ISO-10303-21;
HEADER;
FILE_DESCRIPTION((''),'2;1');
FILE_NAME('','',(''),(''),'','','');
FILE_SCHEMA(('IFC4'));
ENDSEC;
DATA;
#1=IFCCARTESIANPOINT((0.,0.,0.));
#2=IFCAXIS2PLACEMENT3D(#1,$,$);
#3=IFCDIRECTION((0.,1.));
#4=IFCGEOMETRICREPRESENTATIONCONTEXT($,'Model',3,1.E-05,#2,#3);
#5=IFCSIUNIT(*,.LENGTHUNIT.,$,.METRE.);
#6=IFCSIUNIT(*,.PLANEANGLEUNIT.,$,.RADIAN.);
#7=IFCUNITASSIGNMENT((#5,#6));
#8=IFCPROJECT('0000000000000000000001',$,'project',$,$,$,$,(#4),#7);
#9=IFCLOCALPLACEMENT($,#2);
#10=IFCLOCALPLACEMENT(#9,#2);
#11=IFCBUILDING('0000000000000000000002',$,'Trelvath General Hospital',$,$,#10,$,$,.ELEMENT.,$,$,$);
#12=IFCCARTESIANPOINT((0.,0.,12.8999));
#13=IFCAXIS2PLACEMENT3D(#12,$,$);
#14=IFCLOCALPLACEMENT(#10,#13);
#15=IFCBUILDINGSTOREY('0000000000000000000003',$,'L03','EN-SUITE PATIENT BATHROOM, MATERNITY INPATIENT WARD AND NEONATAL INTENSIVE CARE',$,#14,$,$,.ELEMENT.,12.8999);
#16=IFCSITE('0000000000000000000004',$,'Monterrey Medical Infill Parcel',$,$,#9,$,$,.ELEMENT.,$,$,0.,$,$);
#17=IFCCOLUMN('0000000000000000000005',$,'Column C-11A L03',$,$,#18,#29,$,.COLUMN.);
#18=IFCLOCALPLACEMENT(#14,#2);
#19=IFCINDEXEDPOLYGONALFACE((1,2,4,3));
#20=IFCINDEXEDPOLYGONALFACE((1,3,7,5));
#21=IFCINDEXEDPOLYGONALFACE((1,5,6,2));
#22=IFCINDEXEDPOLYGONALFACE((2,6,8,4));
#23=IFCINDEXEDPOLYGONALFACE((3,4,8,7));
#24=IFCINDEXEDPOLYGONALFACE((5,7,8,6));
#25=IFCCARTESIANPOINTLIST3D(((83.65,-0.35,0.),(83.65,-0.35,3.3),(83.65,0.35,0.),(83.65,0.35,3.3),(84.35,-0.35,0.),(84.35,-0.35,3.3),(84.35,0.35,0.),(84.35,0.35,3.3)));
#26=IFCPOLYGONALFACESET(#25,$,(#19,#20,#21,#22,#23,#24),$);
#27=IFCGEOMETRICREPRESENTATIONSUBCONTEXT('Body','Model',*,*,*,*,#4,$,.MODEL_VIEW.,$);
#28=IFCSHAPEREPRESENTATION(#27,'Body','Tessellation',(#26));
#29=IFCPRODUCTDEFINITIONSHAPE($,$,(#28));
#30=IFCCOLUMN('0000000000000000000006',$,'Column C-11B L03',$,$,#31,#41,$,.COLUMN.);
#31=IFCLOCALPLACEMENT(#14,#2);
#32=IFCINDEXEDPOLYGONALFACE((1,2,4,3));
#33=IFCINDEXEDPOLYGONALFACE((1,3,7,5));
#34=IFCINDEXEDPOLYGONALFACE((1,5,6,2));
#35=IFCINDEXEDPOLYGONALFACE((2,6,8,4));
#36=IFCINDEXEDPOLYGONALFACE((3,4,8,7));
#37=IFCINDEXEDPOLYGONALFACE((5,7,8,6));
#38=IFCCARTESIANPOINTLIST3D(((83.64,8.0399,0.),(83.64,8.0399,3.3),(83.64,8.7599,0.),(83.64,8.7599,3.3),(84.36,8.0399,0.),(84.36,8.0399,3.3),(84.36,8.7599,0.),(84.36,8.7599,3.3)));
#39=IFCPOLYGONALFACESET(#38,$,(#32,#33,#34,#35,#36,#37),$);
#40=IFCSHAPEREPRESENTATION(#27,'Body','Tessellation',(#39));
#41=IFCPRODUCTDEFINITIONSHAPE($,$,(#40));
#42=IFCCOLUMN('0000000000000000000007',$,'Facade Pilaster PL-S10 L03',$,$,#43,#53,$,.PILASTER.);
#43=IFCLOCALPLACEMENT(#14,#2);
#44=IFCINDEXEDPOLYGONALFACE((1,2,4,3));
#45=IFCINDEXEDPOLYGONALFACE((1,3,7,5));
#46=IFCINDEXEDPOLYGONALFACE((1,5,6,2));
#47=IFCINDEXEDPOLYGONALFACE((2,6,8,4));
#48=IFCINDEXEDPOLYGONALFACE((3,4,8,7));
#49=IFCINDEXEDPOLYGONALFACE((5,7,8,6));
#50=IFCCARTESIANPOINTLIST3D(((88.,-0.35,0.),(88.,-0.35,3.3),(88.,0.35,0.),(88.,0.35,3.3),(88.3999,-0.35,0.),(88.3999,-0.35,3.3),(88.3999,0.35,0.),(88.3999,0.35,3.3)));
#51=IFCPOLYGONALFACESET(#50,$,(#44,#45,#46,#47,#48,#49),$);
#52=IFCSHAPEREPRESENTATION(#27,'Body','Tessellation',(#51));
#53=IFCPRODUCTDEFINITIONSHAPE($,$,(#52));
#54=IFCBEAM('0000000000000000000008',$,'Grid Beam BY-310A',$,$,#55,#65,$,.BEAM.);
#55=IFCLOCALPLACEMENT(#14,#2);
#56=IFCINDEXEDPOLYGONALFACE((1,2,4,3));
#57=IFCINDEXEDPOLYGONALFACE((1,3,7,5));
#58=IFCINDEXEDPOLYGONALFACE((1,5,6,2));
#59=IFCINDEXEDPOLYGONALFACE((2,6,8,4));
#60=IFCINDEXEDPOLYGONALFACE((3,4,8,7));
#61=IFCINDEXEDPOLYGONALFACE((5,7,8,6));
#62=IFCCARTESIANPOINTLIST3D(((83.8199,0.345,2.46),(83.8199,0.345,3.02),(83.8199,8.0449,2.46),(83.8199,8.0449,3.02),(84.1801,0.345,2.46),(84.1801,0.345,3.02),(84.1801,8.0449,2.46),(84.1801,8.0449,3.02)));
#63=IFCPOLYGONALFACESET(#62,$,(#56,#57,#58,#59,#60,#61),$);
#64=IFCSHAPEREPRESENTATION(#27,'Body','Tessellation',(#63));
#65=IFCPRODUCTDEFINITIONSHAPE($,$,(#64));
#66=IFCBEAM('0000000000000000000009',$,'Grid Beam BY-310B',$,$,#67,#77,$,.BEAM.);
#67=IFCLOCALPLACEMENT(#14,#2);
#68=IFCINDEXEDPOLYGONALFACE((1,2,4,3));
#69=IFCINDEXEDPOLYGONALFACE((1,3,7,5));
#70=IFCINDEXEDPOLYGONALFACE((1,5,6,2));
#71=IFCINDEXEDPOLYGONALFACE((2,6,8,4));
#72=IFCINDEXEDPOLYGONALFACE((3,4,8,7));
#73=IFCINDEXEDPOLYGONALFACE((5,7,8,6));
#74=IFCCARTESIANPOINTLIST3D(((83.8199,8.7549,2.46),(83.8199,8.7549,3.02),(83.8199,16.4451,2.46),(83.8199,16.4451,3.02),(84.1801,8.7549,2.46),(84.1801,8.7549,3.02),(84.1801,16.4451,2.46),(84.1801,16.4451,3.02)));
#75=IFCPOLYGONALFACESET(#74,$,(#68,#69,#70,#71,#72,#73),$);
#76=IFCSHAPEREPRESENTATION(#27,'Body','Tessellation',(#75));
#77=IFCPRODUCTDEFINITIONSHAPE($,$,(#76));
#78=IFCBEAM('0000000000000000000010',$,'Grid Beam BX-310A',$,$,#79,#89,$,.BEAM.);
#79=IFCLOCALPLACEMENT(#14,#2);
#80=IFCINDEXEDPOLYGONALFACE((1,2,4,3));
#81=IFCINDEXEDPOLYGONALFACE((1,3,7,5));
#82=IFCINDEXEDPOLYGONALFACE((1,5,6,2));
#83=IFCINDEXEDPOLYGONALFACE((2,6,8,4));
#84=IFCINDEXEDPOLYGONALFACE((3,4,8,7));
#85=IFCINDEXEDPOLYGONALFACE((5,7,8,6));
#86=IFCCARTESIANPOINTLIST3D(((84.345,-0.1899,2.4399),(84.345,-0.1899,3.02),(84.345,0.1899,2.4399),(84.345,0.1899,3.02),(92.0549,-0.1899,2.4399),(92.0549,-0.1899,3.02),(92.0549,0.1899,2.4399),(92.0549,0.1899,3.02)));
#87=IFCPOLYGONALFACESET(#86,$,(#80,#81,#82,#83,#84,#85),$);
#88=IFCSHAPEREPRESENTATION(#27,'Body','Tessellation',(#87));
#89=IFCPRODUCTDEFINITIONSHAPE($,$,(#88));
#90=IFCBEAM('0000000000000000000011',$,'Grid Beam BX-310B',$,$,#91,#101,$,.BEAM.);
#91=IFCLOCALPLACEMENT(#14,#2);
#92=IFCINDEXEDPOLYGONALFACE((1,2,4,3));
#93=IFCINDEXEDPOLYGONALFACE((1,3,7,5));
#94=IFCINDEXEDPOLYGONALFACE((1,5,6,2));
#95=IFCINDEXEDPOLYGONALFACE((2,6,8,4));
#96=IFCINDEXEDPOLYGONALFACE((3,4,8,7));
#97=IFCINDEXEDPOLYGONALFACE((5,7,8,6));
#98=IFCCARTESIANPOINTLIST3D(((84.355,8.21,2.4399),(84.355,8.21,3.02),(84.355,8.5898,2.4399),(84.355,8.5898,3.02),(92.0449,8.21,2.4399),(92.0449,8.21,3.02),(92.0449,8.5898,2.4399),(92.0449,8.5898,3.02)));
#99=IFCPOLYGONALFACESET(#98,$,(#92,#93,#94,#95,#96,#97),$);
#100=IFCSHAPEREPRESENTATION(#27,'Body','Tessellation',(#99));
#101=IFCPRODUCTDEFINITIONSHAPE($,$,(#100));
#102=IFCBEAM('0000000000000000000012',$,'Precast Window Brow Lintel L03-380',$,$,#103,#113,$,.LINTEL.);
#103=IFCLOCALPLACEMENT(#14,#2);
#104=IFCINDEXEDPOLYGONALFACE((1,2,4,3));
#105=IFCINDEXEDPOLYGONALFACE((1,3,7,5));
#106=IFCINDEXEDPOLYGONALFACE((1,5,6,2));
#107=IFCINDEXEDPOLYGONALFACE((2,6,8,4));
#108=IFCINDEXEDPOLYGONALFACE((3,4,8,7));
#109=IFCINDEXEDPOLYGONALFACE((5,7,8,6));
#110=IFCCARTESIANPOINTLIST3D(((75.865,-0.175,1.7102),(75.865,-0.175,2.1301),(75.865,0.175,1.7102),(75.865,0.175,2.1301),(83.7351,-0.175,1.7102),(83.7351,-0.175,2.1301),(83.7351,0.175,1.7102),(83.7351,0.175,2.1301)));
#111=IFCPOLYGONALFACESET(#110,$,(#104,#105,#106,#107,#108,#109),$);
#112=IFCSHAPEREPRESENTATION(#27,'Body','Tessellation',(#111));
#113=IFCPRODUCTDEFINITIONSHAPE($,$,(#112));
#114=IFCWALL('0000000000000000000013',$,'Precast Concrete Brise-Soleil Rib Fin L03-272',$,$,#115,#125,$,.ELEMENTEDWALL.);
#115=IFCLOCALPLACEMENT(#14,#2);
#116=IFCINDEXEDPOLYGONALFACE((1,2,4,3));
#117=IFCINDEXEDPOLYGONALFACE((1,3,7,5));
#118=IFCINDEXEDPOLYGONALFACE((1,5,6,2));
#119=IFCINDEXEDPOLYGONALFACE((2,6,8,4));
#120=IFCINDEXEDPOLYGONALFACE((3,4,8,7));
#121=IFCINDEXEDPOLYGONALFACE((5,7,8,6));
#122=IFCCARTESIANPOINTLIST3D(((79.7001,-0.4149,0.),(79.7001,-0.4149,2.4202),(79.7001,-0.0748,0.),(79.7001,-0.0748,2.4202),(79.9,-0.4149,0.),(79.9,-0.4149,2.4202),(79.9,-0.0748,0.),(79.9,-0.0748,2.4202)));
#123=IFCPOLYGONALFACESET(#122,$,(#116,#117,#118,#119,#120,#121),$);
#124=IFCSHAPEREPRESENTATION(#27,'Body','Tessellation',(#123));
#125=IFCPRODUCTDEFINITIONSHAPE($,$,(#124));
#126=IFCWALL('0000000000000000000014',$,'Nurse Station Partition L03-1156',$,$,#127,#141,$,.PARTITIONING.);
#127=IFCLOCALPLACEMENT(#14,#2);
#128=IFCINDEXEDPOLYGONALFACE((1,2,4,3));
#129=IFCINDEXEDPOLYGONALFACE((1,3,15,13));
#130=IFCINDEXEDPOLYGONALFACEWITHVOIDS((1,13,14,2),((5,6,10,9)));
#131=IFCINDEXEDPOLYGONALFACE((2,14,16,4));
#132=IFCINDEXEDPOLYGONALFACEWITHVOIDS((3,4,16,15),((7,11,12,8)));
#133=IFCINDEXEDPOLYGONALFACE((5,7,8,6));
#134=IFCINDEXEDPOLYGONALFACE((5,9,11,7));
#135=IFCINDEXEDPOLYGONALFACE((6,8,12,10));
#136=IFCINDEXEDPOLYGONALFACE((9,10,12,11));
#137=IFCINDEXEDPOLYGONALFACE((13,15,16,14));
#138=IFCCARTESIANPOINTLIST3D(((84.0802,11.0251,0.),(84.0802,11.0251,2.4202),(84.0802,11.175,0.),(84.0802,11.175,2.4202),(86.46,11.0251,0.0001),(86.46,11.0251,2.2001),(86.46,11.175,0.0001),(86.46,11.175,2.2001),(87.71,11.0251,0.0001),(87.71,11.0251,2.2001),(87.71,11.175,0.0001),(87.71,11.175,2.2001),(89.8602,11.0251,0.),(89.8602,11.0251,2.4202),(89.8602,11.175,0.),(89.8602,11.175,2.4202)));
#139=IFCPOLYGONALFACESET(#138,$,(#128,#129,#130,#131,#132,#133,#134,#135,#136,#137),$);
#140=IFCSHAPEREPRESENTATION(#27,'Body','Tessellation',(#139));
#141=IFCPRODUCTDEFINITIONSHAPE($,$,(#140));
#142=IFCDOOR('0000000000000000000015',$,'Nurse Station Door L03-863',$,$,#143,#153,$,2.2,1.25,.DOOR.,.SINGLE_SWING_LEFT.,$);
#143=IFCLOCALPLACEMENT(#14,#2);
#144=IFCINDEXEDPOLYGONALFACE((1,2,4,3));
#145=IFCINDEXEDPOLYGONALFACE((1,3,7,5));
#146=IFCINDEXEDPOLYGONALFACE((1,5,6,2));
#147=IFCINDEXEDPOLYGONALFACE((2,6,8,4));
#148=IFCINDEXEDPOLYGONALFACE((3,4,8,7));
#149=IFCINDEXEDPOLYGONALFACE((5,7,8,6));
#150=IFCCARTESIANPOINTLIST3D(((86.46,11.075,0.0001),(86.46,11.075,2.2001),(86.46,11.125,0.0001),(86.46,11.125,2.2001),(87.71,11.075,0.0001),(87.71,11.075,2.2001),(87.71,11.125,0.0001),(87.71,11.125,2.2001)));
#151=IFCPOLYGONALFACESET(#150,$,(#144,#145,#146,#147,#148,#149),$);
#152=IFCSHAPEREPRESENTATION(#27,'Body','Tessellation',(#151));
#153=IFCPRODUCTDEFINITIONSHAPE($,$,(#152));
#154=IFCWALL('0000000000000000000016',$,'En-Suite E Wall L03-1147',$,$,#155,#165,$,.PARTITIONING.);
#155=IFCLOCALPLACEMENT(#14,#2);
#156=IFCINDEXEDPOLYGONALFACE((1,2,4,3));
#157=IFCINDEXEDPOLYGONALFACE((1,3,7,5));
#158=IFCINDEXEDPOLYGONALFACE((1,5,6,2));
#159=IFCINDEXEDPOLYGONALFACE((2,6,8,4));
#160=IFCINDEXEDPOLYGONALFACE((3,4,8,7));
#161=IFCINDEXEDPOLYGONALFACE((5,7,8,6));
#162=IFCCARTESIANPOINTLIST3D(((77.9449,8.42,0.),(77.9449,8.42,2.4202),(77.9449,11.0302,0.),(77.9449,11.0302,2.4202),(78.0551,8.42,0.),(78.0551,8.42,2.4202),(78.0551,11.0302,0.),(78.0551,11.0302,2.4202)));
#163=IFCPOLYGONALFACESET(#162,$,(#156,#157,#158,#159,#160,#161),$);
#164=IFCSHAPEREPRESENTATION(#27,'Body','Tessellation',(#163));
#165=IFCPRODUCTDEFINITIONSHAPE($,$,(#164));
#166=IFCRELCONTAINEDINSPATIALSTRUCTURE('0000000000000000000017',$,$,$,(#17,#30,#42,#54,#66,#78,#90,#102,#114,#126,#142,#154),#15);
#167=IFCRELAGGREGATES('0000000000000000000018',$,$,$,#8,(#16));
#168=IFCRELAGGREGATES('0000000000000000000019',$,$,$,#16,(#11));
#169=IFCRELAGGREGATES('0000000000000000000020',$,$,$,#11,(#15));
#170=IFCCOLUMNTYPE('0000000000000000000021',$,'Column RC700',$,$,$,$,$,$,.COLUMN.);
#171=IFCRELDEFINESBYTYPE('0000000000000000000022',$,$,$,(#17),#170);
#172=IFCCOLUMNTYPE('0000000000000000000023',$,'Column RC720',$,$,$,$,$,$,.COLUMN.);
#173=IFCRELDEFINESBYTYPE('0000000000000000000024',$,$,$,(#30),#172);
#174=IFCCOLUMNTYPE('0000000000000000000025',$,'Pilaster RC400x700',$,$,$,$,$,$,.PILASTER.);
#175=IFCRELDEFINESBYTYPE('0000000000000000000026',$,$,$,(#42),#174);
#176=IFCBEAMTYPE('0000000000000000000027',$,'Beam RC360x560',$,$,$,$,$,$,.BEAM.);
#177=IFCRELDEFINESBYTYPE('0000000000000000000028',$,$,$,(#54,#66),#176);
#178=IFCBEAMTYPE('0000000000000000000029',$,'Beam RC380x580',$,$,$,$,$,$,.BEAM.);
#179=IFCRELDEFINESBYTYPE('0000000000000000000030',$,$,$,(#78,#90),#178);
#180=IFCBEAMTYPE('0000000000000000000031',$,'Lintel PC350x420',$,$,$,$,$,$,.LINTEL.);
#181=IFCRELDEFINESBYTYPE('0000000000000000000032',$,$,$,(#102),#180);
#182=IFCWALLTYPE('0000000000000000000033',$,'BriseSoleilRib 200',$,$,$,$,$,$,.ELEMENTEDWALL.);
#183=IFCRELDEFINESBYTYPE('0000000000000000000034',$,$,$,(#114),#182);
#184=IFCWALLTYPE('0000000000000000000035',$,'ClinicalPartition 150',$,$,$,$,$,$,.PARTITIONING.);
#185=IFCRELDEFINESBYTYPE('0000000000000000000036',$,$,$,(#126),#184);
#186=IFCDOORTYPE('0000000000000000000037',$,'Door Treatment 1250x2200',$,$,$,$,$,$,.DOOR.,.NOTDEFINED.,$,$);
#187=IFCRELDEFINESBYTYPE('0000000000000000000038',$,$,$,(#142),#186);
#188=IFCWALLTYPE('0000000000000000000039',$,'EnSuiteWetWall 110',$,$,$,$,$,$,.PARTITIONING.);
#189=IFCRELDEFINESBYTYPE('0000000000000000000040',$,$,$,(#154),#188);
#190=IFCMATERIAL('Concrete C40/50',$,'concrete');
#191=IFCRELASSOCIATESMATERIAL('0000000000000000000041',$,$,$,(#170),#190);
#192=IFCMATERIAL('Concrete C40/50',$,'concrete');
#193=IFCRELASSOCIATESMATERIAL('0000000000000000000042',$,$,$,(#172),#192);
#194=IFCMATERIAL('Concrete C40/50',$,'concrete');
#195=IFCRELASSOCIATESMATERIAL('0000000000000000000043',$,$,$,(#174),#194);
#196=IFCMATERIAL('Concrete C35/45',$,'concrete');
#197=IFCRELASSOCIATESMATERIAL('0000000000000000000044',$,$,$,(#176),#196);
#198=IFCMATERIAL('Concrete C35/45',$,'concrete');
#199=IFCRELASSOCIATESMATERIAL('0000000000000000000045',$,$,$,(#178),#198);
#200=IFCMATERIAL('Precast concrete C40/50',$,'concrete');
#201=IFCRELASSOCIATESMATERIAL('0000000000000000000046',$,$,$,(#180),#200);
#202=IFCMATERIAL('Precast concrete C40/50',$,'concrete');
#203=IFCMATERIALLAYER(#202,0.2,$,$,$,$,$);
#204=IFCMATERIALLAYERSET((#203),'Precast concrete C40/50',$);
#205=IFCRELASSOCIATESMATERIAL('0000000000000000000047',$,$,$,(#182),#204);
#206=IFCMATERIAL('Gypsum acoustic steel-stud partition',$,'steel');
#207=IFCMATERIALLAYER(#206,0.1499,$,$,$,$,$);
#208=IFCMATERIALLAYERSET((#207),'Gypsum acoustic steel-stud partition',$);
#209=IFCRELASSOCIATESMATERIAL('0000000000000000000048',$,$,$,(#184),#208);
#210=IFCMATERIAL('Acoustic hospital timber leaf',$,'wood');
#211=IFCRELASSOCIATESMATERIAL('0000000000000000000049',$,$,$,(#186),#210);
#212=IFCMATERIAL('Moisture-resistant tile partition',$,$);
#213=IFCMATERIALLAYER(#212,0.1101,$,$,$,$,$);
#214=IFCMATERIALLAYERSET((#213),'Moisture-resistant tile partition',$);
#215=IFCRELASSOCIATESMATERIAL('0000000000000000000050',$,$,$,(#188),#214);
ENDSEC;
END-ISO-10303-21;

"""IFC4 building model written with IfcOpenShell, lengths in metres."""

from ifc_helpers import new_model, si_unit, direction, frame, frame_2d, origin, origin_2d, place, context, subcontext, project, spatial, rectangle, extrude, material, layer, layer_set, material_profile, profile_set, type_object, element, fill, save


model = new_model("IFC4")

# Units and contexts
model_context = context("Model", 3, precision=1e-05, world=origin(), true_north=direction((0.0, 1.0)))
body_context = subcontext(model_context, "Body", "Model", "MODEL_VIEW")
ifc_project = project(units=[si_unit("LENGTHUNIT", "METRE"), si_unit("PLANEANGLEUNIT", "RADIAN")], contexts=[model_context])

# Site, building, storey
site_placement = place(None, origin())
site = spatial("IfcSite", under=ifc_project, at=site_placement, Name="Monterrey Medical Infill Parcel", CompositionType="ELEMENT", RefElevation=0.0)
building_placement = place(site_placement, origin())
building = spatial("IfcBuilding", under=site, at=building_placement, Name="Trelvath General Hospital", CompositionType="ELEMENT")
storey_placement = place(building_placement, frame((0.0, 0.0, 12.8999)))
storey = spatial("IfcBuildingStorey", under=building, at=storey_placement, Name="L03", Description="EN-SUITE PATIENT BATHROOM, MATERNITY INPATIENT WARD AND NEONATAL INTENSIVE CARE", CompositionType="ELEMENT", Elevation=12.8999)

# Columns
ifc_material_1 = material(Name="Concrete C40/50", Category="concrete")
ifc_material_profile_1 = material_profile(ifc_material_1, rectangle(XDim=0.7, YDim=0.7, at=origin_2d()), Name="RC700x700")
ifc_profile_set_1 = profile_set([ifc_material_profile_1], Name="Concrete C40/50")
column_type_1 = type_object("IfcColumnType", Name="Column RC700", PredefinedType="COLUMN", material=ifc_profile_set_1)
column_1_placement = place(storey_placement, frame((84.0, 0.0, 0.0), z_axis=(0.0, 0.0, 1.0), x_axis=(1.0, 0.0, 0.0)))
element("IfcColumn", 1, at=column_1_placement, inside=storey, type_object=column_type_1, Name="Column C-11A L03", PredefinedType="COLUMN", context=body_context, shape_type="SweptSolid", body=[
    extrude(rectangle(XDim=0.7, YDim=0.7, at=origin_2d()), origin(), (0.0, 0.0, 1.0), 3.3),
])
ifc_material_2 = material(Name="Concrete C40/50", Category="concrete")
ifc_material_profile_2 = material_profile(ifc_material_2, rectangle(XDim=0.72, YDim=0.72, at=origin_2d()), Name="RC720x720")
ifc_profile_set_2 = profile_set([ifc_material_profile_2], Name="Concrete C40/50")
column_type_2 = type_object("IfcColumnType", Name="Column RC720", PredefinedType="COLUMN", material=ifc_profile_set_2)
column_2_placement = place(storey_placement, frame((84.0, 8.3999, 0.0), z_axis=(0.0, 0.0, 1.0), x_axis=(1.0, 0.0, 0.0)))
element("IfcColumn", 2, at=column_2_placement, inside=storey, type_object=column_type_2, Name="Column C-11B L03", PredefinedType="COLUMN", context=body_context, shape_type="SweptSolid", body=[
    extrude(rectangle(XDim=0.72, YDim=0.72, at=origin_2d()), origin(), (0.0, 0.0, 1.0), 3.3),
])
ifc_material_3 = material(Name="Concrete C40/50", Category="concrete")
ifc_material_profile_3 = material_profile(ifc_material_3, rectangle(XDim=0.3999, YDim=0.7, at=origin_2d()), Name="RC400x700")
ifc_profile_set_3 = profile_set([ifc_material_profile_3], Name="Concrete C40/50")
column_type_3 = type_object("IfcColumnType", Name="Pilaster RC400x700", PredefinedType="PILASTER", material=ifc_profile_set_3)
column_3_placement = place(storey_placement, frame((88.2, 0.0, 0.0), z_axis=(0.0, 0.0, 1.0), x_axis=(1.0, 0.0, 0.0)))
element("IfcColumn", 3, at=column_3_placement, inside=storey, type_object=column_type_3, Name="Facade Pilaster PL-S10 L03", PredefinedType="PILASTER", context=body_context, shape_type="SweptSolid", body=[
    extrude(rectangle(XDim=0.3999, YDim=0.7, at=origin_2d()), origin(), (0.0, 0.0, 1.0), 3.3),
])

# Beams
ifc_material_4 = material(Name="Concrete C35/45", Category="concrete")
ifc_material_profile_4 = material_profile(ifc_material_4, rectangle(XDim=0.3601, YDim=0.5601, at=origin_2d()), Name="RCB360x560")
ifc_profile_set_4 = profile_set([ifc_material_profile_4], Name="Concrete C35/45")
beam_type_1 = type_object("IfcBeamType", Name="Beam RC360x560", PredefinedType="BEAM", material=ifc_profile_set_4)
beam_1_placement = place(storey_placement, frame((84.0, 0.345, 2.74), z_axis=(0.0, 1.0, 0.0), x_axis=(-1.0, 0.0, 0.0)))
element("IfcBeam", 4, at=beam_1_placement, inside=storey, type_object=beam_type_1, Name="Grid Beam BY-310A", PredefinedType="BEAM", context=body_context, shape_type="SweptSolid", body=[
    extrude(rectangle(XDim=0.3601, YDim=0.5601, at=origin_2d()), origin(), (0.0, 0.0, 1.0), 7.7),
])
beam_2_placement = place(storey_placement, frame((84.0, 8.7549, 2.74), z_axis=(0.0, 1.0, 0.0), x_axis=(-1.0, 0.0, 0.0)))
element("IfcBeam", 5, at=beam_2_placement, inside=storey, type_object=beam_type_1, Name="Grid Beam BY-310B", PredefinedType="BEAM", context=body_context, shape_type="SweptSolid", body=[
    extrude(rectangle(XDim=0.3601, YDim=0.5601, at=origin_2d()), origin(), (0.0, 0.0, 1.0), 7.6902),
])
ifc_material_5 = material(Name="Concrete C35/45", Category="concrete")
ifc_material_profile_5 = material_profile(ifc_material_5, rectangle(XDim=0.3799, YDim=0.5801, at=origin_2d()), Name="RCB380x580")
ifc_profile_set_5 = profile_set([ifc_material_profile_5], Name="Concrete C35/45")
beam_type_2 = type_object("IfcBeamType", Name="Beam RC380x580", PredefinedType="BEAM", material=ifc_profile_set_5)
beam_3_placement = place(storey_placement, frame((84.345, 0.0, 2.73), z_axis=(1.0, 0.0, 0.0), x_axis=(0.0, 1.0, 0.0)))
element("IfcBeam", 6, at=beam_3_placement, inside=storey, type_object=beam_type_2, Name="Grid Beam BX-310A", PredefinedType="BEAM", context=body_context, shape_type="SweptSolid", body=[
    extrude(rectangle(XDim=0.3799, YDim=0.5801, at=origin_2d()), origin(), (0.0, 0.0, 1.0), 7.71),
])
beam_4_placement = place(storey_placement, frame((84.355, 8.3999, 2.73), z_axis=(1.0, 0.0, 0.0), x_axis=(0.0, 1.0, 0.0)))
element("IfcBeam", 7, at=beam_4_placement, inside=storey, type_object=beam_type_2, Name="Grid Beam BX-310B", PredefinedType="BEAM", context=body_context, shape_type="SweptSolid", body=[
    extrude(rectangle(XDim=0.3799, YDim=0.5801, at=origin_2d()), origin(), (0.0, 0.0, 1.0), 7.6899),
])
ifc_material_6 = material(Name="Precast concrete C40/50", Category="concrete")
ifc_material_profile_6 = material_profile(ifc_material_6, rectangle(XDim=0.3501, YDim=0.4199, at=origin_2d()), Name="PCL350x420")
ifc_profile_set_6 = profile_set([ifc_material_profile_6], Name="Precast concrete C40/50")
beam_type_3 = type_object("IfcBeamType", Name="Lintel PC350x420", PredefinedType="LINTEL", material=ifc_profile_set_6)
beam_5_placement = place(storey_placement, frame((83.7351, 0.0, 1.9202), z_axis=(-1.0, 0.0, 0.0), x_axis=(0.0, -1.0, 0.0)))
element("IfcBeam", 8, at=beam_5_placement, inside=storey, type_object=beam_type_3, Name="Precast Window Brow Lintel L03-380", PredefinedType="LINTEL", context=body_context, shape_type="SweptSolid", body=[
    extrude(rectangle(XDim=0.3501, YDim=0.4199, at=origin_2d()), origin(), (0.0, 0.0, 1.0), 7.8701),
])

# Wall
ifc_material_7 = material(Name="Precast concrete C40/50", Category="concrete")
ifc_layer_1 = layer(ifc_material_7, 0.2)
ifc_layer_set_1 = layer_set([ifc_layer_1], Name="Precast concrete C40/50")
wall_type_1 = type_object("IfcWallType", Name="BriseSoleilRib 200", PredefinedType="ELEMENTEDWALL", material=ifc_layer_set_1)
wall_1_placement = place(storey_placement, frame((79.8, -0.075, 0.0), z_axis=(0.0, 0.0, 1.0), x_axis=(0.0, -1.0, 0.0)))
element("IfcWall", 9, at=wall_1_placement, inside=storey, type_object=wall_type_1, Name="Precast Concrete Brise-Soleil Rib Fin L03-272", PredefinedType="ELEMENTEDWALL", context=body_context, shape_type="SweptSolid", body=[
    extrude(rectangle(XDim=0.3401, YDim=0.2, at=frame_2d((0.1699, 0.0))), origin(), (0.0, 0.0, 1.0), 2.4202),
])

# Wall, opening, door
ifc_material_8 = material(Name="Gypsum acoustic steel-stud partition", Category="steel")
ifc_layer_2 = layer(ifc_material_8, 0.1499)
ifc_layer_set_2 = layer_set([ifc_layer_2], Name="Gypsum acoustic steel-stud partition")
wall_type_2 = type_object("IfcWallType", Name="ClinicalPartition 150", PredefinedType="PARTITIONING", material=ifc_layer_set_2)
wall_2_placement = place(storey_placement, frame((84.0801, 11.1001, 0.0), z_axis=(0.0, 0.0, 1.0), x_axis=(1.0, 0.0, 0.0)))
wall_2 = element("IfcWall", 10, at=wall_2_placement, inside=storey, type_object=wall_type_2, Name="Nurse Station Partition L03-1156", PredefinedType="PARTITIONING", context=body_context, shape_type="SweptSolid", body=[
    extrude(rectangle(XDim=5.78, YDim=0.1499, at=frame_2d((2.8901, 0.0))), origin(), (0.0, 0.0, 1.0), 2.4202),
])
opening_1_placement = place(wall_2_placement, frame((2.3799, 0.0, 0.0)))
opening_1 = element("IfcOpeningElement", 11, at=opening_1_placement, cuts=wall_2, PredefinedType="OPENING", context=body_context, shape_type="SweptSolid", body=[
    extrude(rectangle(XDim=1.25, YDim=2.2, at=frame_2d((0.625, 1.1001))), frame((0.0, 0.085, 0.0), z_axis=(0.0, -1.0, 0.0), x_axis=(1.0, 0.0, 0.0)), (0.0, 0.0, 1.0), 0.1699),
])
ifc_material_9 = material(Name="Acoustic hospital timber leaf", Category="wood")
door_type_1 = type_object("IfcDoorType", Name="Door Treatment 1250x2200", OperationType="NOTDEFINED", PredefinedType="DOOR", material=ifc_material_9)
door_1_placement = place(opening_1_placement, origin())
door_1 = element("IfcDoor", 12, at=door_1_placement, inside=storey, type_object=door_type_1, Name="Nurse Station Door L03-863", OperationType="SINGLE_SWING_LEFT", OverallHeight=2.2, OverallWidth=1.25, PredefinedType="DOOR", context=body_context, shape_type="SweptSolid", body=[
    extrude(rectangle(XDim=1.25, YDim=2.2, at=frame_2d((0.625, 1.1001))), frame((0.0, 0.0249, 0.0), z_axis=(0.0, -1.0, 0.0), x_axis=(1.0, 0.0, 0.0)), (0.0, 0.0, 1.0), 0.05),
])
fill(opening_1, door_1)

# Wall
ifc_material_10 = material(Name="Moisture-resistant tile partition")
ifc_layer_3 = layer(ifc_material_10, 0.1101)
ifc_layer_set_3 = layer_set([ifc_layer_3], Name="Moisture-resistant tile partition")
wall_type_3 = type_object("IfcWallType", Name="EnSuiteWetWall 110", PredefinedType="PARTITIONING", material=ifc_layer_set_3)
for number, where, z_axis, x_axis, name in (
    (13, (78.0, 8.4199, 0.0), (0.0, 0.0, 1.0), (0.0, 1.0, 0.0), "En-Suite E Wall L03-1147"),
):
    element("IfcWall", number, at=place(storey_placement, frame(where, z_axis=z_axis, x_axis=x_axis)), inside=storey, type_object=wall_type_3, Name=name, PredefinedType="PARTITIONING", context=body_context, shape_type="SweptSolid", body=[
        extrude(rectangle(XDim=2.6101, YDim=0.1101, at=frame_2d((1.3052, 0.0))), origin(), (0.0, 0.0, 1.0), 2.4202),
    ])

save(model, "model.ifc")
